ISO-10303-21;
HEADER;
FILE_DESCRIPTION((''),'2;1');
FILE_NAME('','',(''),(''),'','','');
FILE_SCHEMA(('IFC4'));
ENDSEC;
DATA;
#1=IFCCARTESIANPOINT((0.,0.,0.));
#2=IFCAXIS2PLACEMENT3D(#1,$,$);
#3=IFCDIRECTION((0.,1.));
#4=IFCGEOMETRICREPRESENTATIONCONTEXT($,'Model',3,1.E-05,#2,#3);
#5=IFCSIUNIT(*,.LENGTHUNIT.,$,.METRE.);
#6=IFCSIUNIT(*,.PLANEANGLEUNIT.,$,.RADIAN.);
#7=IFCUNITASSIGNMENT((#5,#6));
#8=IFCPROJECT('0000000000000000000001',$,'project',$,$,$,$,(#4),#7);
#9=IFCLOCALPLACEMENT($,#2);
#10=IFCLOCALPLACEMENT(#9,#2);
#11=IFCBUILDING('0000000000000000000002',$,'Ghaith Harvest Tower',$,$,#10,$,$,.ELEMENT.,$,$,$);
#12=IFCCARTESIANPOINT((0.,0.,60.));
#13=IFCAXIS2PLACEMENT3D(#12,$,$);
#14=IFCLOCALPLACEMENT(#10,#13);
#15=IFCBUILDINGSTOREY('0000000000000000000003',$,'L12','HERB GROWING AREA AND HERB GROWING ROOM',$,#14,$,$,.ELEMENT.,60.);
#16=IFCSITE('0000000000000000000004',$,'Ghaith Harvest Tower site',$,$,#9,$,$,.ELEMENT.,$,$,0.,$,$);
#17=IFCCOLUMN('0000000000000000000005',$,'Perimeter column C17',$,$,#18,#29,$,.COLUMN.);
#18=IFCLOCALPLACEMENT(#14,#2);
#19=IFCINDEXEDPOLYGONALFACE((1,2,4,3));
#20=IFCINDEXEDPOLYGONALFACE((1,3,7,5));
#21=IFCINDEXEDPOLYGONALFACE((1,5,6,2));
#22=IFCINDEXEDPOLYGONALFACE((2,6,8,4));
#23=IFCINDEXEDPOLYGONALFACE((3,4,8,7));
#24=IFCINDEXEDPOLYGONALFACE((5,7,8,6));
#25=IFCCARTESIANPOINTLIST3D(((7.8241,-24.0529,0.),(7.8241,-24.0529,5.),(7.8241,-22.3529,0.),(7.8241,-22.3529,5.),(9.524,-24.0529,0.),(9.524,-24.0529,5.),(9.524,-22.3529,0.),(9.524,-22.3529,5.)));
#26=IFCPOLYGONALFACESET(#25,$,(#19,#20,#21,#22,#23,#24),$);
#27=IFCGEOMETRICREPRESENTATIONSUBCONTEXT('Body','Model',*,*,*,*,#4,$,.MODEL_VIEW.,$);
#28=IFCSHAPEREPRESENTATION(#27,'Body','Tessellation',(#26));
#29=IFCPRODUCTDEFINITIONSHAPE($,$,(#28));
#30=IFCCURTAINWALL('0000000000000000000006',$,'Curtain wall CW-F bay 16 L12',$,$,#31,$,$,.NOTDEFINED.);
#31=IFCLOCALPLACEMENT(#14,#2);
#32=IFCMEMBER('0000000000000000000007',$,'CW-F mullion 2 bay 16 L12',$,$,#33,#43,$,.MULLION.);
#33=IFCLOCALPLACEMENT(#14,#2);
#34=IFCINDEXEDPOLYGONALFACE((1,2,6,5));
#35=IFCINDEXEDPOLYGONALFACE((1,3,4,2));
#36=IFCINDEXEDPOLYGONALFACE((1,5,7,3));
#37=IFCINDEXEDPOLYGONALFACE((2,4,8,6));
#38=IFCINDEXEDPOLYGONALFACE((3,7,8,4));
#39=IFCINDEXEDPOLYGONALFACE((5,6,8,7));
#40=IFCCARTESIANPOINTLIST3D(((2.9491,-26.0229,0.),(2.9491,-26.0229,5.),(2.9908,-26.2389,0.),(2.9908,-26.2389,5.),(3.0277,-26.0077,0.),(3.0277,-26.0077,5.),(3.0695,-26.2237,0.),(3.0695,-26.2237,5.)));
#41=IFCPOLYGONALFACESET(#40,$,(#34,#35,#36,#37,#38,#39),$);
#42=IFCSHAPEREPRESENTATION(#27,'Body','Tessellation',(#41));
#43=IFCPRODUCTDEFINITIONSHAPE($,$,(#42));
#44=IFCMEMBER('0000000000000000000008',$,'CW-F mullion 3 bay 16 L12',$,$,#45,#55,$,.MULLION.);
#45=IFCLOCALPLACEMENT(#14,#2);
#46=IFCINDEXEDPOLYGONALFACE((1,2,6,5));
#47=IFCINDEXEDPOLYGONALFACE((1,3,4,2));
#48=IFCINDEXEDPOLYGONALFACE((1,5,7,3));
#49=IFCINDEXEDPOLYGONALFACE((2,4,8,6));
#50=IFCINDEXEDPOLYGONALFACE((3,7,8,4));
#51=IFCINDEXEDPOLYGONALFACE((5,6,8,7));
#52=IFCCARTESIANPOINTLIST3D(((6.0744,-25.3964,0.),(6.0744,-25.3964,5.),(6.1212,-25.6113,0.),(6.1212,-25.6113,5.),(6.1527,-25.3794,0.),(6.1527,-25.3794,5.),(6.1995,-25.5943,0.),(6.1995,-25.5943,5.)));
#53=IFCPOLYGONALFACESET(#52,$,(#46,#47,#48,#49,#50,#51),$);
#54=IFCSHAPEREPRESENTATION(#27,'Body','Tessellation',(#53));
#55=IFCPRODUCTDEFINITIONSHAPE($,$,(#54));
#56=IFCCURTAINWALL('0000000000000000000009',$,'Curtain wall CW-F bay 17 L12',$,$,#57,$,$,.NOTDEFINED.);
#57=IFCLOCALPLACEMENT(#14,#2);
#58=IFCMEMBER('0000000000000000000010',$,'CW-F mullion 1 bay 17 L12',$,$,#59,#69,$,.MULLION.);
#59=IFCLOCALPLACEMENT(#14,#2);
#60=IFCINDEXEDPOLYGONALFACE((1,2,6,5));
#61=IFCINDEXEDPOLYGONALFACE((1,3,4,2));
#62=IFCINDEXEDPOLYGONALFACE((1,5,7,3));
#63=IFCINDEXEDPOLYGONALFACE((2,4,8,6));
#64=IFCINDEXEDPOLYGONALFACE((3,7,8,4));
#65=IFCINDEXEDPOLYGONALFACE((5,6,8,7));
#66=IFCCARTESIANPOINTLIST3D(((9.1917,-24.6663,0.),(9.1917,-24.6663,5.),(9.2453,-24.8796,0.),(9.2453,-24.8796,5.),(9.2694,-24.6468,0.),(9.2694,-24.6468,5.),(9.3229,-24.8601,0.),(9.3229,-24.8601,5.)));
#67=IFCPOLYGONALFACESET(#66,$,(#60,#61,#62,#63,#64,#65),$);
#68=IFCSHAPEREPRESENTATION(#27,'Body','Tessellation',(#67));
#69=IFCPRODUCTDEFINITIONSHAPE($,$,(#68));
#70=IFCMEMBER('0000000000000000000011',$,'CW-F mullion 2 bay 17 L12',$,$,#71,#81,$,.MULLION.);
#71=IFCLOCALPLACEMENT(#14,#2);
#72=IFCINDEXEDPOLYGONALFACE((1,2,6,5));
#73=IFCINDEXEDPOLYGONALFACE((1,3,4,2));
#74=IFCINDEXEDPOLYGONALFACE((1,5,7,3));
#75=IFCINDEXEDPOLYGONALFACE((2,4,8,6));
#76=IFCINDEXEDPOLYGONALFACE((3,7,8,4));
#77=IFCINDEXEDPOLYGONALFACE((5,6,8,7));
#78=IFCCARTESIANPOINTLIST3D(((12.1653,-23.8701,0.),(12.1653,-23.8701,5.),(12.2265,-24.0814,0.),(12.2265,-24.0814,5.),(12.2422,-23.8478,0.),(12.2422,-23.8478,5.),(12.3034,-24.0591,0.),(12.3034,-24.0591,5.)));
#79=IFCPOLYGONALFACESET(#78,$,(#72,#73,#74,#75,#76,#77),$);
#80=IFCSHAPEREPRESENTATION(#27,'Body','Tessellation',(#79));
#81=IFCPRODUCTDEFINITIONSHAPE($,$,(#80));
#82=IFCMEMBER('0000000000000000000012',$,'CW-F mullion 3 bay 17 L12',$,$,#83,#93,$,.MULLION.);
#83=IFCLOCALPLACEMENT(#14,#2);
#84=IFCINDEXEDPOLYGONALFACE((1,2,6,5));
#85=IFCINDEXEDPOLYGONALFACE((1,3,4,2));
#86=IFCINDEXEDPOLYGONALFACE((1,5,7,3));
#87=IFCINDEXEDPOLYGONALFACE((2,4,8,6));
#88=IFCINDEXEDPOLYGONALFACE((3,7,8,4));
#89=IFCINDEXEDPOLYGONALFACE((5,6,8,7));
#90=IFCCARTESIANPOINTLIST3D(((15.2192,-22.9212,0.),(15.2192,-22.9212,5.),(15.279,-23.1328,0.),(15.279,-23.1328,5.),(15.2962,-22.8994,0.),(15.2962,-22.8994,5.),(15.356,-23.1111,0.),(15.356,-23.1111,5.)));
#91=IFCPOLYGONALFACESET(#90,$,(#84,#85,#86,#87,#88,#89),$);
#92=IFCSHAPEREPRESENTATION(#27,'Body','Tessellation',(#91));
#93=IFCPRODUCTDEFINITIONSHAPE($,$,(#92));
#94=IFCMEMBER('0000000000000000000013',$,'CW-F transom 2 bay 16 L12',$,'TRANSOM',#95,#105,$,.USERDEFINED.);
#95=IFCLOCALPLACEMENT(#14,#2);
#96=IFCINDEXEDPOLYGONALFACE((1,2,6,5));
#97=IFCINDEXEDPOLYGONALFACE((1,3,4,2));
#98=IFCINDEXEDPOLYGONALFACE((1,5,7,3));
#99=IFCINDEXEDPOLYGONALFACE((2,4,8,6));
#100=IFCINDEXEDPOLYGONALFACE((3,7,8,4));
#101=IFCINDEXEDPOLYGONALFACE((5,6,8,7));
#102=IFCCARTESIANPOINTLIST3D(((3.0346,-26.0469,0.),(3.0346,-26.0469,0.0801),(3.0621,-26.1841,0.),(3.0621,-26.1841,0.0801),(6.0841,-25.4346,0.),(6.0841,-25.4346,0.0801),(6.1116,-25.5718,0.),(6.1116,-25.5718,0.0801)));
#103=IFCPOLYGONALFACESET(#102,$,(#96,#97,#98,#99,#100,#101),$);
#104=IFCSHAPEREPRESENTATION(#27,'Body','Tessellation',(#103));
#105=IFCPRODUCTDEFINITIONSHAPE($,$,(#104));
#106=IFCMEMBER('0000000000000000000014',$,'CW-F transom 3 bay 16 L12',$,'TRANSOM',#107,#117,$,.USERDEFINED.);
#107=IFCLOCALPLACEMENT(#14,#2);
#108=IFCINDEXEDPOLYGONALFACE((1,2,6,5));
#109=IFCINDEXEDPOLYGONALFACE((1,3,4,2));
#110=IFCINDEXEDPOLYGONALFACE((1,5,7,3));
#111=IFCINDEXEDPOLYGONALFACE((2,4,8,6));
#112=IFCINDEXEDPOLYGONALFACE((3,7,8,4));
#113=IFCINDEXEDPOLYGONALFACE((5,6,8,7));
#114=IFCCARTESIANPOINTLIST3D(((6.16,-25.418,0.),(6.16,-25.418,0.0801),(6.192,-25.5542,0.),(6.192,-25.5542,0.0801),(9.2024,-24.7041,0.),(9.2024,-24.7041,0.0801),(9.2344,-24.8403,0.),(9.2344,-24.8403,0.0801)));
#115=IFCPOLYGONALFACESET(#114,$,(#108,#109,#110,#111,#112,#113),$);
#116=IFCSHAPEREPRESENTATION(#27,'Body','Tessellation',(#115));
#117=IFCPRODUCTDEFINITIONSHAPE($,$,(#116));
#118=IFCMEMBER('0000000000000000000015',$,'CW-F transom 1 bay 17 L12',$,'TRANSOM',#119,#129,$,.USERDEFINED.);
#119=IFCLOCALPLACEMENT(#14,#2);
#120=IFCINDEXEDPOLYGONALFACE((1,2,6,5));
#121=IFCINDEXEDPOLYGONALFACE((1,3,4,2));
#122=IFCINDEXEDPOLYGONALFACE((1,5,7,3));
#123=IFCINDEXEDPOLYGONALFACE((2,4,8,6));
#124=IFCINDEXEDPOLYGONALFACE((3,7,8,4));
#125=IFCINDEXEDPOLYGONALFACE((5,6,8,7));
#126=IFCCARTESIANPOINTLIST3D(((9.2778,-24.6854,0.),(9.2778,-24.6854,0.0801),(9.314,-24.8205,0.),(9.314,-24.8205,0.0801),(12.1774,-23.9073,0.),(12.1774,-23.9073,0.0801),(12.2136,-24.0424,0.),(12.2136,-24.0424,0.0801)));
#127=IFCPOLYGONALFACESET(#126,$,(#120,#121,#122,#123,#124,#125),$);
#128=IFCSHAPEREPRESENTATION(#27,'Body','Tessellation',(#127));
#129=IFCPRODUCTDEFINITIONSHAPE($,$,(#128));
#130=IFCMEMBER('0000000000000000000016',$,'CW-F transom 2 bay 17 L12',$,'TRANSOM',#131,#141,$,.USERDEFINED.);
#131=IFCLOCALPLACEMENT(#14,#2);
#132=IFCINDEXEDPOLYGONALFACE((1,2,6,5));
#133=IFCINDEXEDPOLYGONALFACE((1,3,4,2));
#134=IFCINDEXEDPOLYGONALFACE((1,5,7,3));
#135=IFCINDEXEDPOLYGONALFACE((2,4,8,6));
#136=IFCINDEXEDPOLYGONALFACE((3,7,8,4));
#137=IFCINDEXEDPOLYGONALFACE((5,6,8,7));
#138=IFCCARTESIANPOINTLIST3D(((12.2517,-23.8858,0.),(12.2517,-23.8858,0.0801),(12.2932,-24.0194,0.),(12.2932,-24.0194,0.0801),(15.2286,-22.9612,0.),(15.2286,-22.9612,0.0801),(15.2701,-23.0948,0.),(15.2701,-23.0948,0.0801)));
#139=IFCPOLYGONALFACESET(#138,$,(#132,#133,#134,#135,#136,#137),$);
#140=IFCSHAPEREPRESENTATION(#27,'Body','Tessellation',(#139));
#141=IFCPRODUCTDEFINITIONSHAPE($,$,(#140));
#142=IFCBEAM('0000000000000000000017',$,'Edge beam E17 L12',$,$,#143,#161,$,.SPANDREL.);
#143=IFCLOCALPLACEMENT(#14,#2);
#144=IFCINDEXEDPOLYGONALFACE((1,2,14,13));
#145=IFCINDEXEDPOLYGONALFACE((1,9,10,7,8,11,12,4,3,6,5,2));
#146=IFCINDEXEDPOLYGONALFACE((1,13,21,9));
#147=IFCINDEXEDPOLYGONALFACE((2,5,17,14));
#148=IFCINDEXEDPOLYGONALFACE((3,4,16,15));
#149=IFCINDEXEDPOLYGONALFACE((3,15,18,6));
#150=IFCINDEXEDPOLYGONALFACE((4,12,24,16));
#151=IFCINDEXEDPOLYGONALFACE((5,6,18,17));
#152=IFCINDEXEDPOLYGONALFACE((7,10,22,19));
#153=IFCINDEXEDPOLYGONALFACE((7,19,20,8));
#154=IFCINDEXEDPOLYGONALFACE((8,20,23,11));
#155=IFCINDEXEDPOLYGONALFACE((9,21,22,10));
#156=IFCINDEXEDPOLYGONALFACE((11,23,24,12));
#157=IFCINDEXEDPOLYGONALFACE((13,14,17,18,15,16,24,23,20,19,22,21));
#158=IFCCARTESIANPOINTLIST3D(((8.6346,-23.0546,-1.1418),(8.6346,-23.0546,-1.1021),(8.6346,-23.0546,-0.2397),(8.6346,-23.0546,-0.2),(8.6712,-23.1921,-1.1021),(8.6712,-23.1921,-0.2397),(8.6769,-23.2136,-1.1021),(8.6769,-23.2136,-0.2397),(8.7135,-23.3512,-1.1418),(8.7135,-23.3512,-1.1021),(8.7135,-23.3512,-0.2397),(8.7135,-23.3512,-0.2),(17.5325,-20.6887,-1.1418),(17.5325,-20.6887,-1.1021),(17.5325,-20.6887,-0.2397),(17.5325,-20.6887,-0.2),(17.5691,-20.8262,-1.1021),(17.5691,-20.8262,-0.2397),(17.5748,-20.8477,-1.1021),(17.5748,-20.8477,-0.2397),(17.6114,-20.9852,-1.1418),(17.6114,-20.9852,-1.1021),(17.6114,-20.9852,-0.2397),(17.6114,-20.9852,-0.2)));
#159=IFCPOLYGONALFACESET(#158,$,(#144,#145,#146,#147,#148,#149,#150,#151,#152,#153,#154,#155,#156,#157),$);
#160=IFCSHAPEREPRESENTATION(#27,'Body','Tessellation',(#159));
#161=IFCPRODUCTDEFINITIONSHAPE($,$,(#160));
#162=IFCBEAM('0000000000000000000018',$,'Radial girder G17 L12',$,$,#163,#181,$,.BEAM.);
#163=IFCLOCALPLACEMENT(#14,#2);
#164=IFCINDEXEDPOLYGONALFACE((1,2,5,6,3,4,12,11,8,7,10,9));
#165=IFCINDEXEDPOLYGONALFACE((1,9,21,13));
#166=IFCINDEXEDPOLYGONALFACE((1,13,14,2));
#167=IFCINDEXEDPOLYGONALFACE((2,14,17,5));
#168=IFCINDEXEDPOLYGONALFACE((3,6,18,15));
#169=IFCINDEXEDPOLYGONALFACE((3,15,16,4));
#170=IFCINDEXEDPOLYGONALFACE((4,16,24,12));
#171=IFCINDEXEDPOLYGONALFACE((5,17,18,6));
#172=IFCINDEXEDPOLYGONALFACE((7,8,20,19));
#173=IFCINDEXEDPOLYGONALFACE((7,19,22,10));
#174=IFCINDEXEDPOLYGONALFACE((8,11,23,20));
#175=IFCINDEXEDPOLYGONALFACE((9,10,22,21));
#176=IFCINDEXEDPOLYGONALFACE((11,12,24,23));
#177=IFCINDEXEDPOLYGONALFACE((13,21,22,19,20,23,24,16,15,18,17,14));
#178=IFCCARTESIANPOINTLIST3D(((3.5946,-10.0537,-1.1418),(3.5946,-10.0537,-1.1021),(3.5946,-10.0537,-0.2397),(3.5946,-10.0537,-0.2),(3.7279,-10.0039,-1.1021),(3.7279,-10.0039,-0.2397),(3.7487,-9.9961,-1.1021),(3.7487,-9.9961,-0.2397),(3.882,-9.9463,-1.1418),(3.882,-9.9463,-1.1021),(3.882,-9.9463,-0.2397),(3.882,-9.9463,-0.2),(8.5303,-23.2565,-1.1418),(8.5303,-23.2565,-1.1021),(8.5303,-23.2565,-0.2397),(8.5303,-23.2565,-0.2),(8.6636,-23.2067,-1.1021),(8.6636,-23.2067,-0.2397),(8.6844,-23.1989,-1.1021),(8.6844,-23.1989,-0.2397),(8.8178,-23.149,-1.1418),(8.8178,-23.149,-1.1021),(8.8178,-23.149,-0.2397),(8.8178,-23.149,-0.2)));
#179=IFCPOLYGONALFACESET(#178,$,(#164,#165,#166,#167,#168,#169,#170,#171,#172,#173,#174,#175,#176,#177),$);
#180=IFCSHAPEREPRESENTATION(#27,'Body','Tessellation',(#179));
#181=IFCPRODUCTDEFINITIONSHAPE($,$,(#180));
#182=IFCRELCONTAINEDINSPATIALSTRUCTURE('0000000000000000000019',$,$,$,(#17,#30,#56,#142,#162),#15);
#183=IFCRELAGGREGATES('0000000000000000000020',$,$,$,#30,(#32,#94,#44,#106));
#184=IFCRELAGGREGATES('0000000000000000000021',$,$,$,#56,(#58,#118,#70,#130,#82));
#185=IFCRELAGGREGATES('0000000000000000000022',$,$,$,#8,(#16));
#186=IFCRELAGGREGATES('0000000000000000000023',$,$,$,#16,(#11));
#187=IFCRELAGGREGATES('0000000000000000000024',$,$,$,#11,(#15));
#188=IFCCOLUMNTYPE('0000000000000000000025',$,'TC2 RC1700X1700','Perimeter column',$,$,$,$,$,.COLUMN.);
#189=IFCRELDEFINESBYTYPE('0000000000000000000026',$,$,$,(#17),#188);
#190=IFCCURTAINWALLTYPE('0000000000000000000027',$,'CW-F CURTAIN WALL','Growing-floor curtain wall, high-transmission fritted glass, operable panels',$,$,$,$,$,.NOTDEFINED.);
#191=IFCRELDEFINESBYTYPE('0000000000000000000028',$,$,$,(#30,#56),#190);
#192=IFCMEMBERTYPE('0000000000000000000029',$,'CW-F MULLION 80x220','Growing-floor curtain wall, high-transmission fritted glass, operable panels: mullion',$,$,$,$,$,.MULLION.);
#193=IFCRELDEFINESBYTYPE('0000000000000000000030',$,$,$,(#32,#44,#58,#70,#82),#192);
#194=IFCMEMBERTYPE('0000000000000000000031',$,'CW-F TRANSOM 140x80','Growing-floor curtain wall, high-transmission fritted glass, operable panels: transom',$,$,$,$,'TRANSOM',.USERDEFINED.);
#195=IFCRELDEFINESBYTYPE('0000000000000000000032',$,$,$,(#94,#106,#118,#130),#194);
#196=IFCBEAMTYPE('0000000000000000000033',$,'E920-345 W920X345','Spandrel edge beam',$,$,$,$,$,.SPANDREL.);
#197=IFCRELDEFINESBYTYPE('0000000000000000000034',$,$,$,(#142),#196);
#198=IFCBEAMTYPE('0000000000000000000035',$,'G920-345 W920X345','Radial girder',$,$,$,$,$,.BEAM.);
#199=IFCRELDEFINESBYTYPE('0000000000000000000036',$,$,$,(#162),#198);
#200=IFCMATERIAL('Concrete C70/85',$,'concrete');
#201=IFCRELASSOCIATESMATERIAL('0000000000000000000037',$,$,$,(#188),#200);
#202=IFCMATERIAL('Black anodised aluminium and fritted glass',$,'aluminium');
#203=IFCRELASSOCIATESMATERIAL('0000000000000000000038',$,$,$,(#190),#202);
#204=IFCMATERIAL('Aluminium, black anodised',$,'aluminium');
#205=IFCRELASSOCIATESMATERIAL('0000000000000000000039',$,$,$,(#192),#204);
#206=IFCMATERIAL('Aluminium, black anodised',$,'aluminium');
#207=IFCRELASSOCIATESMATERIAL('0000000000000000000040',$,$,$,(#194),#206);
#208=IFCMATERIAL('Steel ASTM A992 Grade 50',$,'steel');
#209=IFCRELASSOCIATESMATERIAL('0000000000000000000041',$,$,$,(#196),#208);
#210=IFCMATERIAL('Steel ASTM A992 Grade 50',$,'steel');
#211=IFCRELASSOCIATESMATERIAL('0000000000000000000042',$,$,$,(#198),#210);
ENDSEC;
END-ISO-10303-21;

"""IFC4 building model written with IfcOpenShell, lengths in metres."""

from ifc_helpers import new_model, si_unit, direction, frame, origin, origin_2d, place, context, subcontext, project, spatial, rectangle, i_section, extrude, material, material_profile, profile_set, type_object, element, aggregate, save


model = new_model("IFC4")

# Units and contexts
model_context = context("Model", 3, precision=1e-05, world=origin(), true_north=direction((0.0, 1.0)))
body_context = subcontext(model_context, "Body", "Model", "MODEL_VIEW")
ifc_project = project(units=[si_unit("LENGTHUNIT", "METRE"), si_unit("PLANEANGLEUNIT", "RADIAN")], contexts=[model_context])

# Site, building, storey
site_placement = place(None, origin())
site = spatial("IfcSite", under=ifc_project, at=site_placement, Name="Ghaith Harvest Tower site", CompositionType="ELEMENT", RefElevation=0.0)
building_placement = place(site_placement, origin())
building = spatial("IfcBuilding", under=site, at=building_placement, Name="Ghaith Harvest Tower", CompositionType="ELEMENT")
storey_placement = place(building_placement, frame((0.0, 0.0, 60.0)))
storey = spatial("IfcBuildingStorey", under=building, at=storey_placement, Name="L12", Description="HERB GROWING AREA AND HERB GROWING ROOM", CompositionType="ELEMENT", Elevation=60.0)

# Column
ifc_material_1 = material(Name="Concrete C70/85", Category="concrete")
ifc_material_profile_1 = material_profile(ifc_material_1, rectangle(XDim=1.7, YDim=1.7, at=origin_2d()), Name="RC1700X1700")
ifc_profile_set_1 = profile_set([ifc_material_profile_1], Name="Concrete C70/85")
column_type = type_object("IfcColumnType", Name="TC2 RC1700X1700", Description="Perimeter column", PredefinedType="COLUMN", material=ifc_profile_set_1)
column_placement = place(storey_placement, frame((8.6741, -23.2029, 0.0), z_axis=(0.0, 0.0, 1.0), x_axis=(1.0, 0.0, 0.0)))
element("IfcColumn", 1, at=column_placement, inside=storey, type_object=column_type, Name="Perimeter column C17", PredefinedType="COLUMN", context=body_context, shape_type="SweptSolid", body=[
    extrude(rectangle(XDim=1.7, YDim=1.7, at=origin_2d()), origin(), (0.0, 0.0, 1.0), 5.0),
])

# Curtain walls, members
ifc_material_2 = material(Name="Black anodised aluminium and fritted glass", Category="aluminium")
curtain_wall_type = type_object("IfcCurtainWallType", Name="CW-F CURTAIN WALL", Description="Growing-floor curtain wall, high-transmission fritted glass, operable panels", PredefinedType="NOTDEFINED", material=ifc_material_2)
curtain_wall_1_placement = place(storey_placement, origin())
curtain_wall_1 = element("IfcCurtainWall", 2, at=curtain_wall_1_placement, inside=storey, type_object=curtain_wall_type, Name="Curtain wall CW-F bay 16 L12", PredefinedType="NOTDEFINED")
ifc_material_3 = material(Name="Aluminium, black anodised", Category="aluminium")
ifc_material_profile_2 = material_profile(ifc_material_3, rectangle(XDim=0.0801, YDim=0.22, at=origin_2d()), Name="CW-F MULLION 80x220")
ifc_profile_set_2 = profile_set([ifc_material_profile_2], Name="Aluminium, black anodised")
member_type_1 = type_object("IfcMemberType", Name="CW-F MULLION 80x220", Description="Growing-floor curtain wall, high-transmission fritted glass, operable panels: mullion", PredefinedType="MULLION", material=ifc_profile_set_2)
member_1_placement = place(storey_placement, frame((3.0093, -26.1233, 0.0), z_axis=(0.0, 0.0, 1.0), x_axis=(0.981818, 0.189822, 0.0)))
member_1 = element("IfcMember", 3, at=member_1_placement, type_object=member_type_1, Name="CW-F mullion 2 bay 16 L12", PredefinedType="MULLION", context=body_context, shape_type="SweptSolid", body=[
    extrude(rectangle(XDim=0.0801, YDim=0.22, at=origin_2d()), origin(), (0.0, 0.0, 1.0), 5.0),
])
member_2_placement = place(storey_placement, frame((6.137, -25.4954, 0.0), z_axis=(0.0, 0.0, 1.0), x_axis=(0.977118, 0.212698, 0.0)))
member_2 = element("IfcMember", 4, at=member_2_placement, type_object=member_type_1, Name="CW-F mullion 3 bay 16 L12", PredefinedType="MULLION", context=body_context, shape_type="SweptSolid", body=[
    extrude(rectangle(XDim=0.0801, YDim=0.22, at=origin_2d()), origin(), (0.0, 0.0, 1.0), 5.0),
])
curtain_wall_2_placement = place(storey_placement, origin())
curtain_wall_2 = element("IfcCurtainWall", 5, at=curtain_wall_2_placement, inside=storey, type_object=curtain_wall_type, Name="Curtain wall CW-F bay 17 L12", PredefinedType="NOTDEFINED")
member_3_placement = place(storey_placement, frame((9.2573, -24.7632, 0.0), z_axis=(0.0, 0.0, 1.0), x_axis=(0.969903, 0.24349, 0.0)))
member_3 = element("IfcMember", 6, at=member_3_placement, type_object=member_type_1, Name="CW-F mullion 1 bay 17 L12", PredefinedType="MULLION", context=body_context, shape_type="SweptSolid", body=[
    extrude(rectangle(XDim=0.0801, YDim=0.22, at=origin_2d()), origin(), (0.0, 0.0, 1.0), 5.0),
])
member_4_placement = place(storey_placement, frame((12.2344, -23.9646, 0.0), z_axis=(0.0, 0.0, 1.0), x_axis=(0.960502, 0.278272, 0.0)))
member_4 = element("IfcMember", 7, at=member_4_placement, type_object=member_type_1, Name="CW-F mullion 2 bay 17 L12", PredefinedType="MULLION", context=body_context, shape_type="SweptSolid", body=[
    extrude(rectangle(XDim=0.0801, YDim=0.22, at=origin_2d()), origin(), (0.0, 0.0, 1.0), 5.0),
])
member_5_placement = place(storey_placement, frame((15.2876, -23.0161, 0.0), z_axis=(0.0, 0.0, 1.0), x_axis=(0.962313, 0.271944, 0.0)))
member_5 = element("IfcMember", 8, at=member_5_placement, type_object=member_type_1, Name="CW-F mullion 3 bay 17 L12", PredefinedType="MULLION", context=body_context, shape_type="SweptSolid", body=[
    extrude(rectangle(XDim=0.0801, YDim=0.22, at=origin_2d()), origin(), (0.0, 0.0, 1.0), 5.0),
])

# Members
ifc_material_4 = material(Name="Aluminium, black anodised", Category="aluminium")
ifc_material_profile_3 = material_profile(ifc_material_4, rectangle(XDim=0.1399, YDim=0.0801, at=origin_2d()), Name="CW-F TRANSOM 140x80")
ifc_profile_set_3 = profile_set([ifc_material_profile_3], Name="Aluminium, black anodised")
member_type_2 = type_object("IfcMemberType", Name="CW-F TRANSOM 140x80", Description="Growing-floor curtain wall, high-transmission fritted glass, operable panels: transom", ElementType="TRANSOM", PredefinedType="USERDEFINED", material=ifc_profile_set_3)
member_6_placement = place(storey_placement, frame((3.0483, -26.1155, 0.04), z_axis=(0.980432, 0.196856, 0.0), x_axis=(-0.196856, 0.980432, 0.0)))
member_6 = element("IfcMember", 9, at=member_6_placement, type_object=member_type_2, Name="CW-F transom 2 bay 16 L12", ObjectType="TRANSOM", PredefinedType="USERDEFINED", context=body_context, shape_type="SweptSolid", body=[
    extrude(rectangle(XDim=0.1399, YDim=0.0801, at=origin_2d()), origin(), (0.0, 0.0, 1.0), 3.1104),
])
member_7_placement = place(storey_placement, frame((6.176, -25.4861, 0.04), z_axis=(0.97356, 0.22843, 0.0), x_axis=(-0.22843, 0.97356, 0.0)))
member_7 = element("IfcMember", 10, at=member_7_placement, type_object=member_type_2, Name="CW-F transom 3 bay 16 L12", ObjectType="TRANSOM", PredefinedType="USERDEFINED", context=body_context, shape_type="SweptSolid", body=[
    extrude(rectangle(XDim=0.1399, YDim=0.0801, at=origin_2d()), origin(), (0.0, 0.0, 1.0), 3.125),
])
member_8_placement = place(storey_placement, frame((9.2959, -24.7529, 0.04), z_axis=(0.965833, 0.259166, 0.0), x_axis=(-0.259166, 0.965833, 0.0)))
member_8 = element("IfcMember", 11, at=member_8_placement, type_object=member_type_2, Name="CW-F transom 1 bay 17 L12", ObjectType="TRANSOM", PredefinedType="USERDEFINED", context=body_context, shape_type="SweptSolid", body=[
    extrude(rectangle(XDim=0.1399, YDim=0.0801, at=origin_2d()), origin(), (0.0, 0.0, 1.0), 3.0022),
])
member_9_placement = place(storey_placement, frame((12.2725, -23.9526, 0.04), z_axis=(0.954998, 0.296611, 0.0), x_axis=(-0.296611, 0.954998, 0.0)))
member_9 = element("IfcMember", 12, at=member_9_placement, type_object=member_type_2, Name="CW-F transom 2 bay 17 L12", ObjectType="TRANSOM", PredefinedType="USERDEFINED", context=body_context, shape_type="SweptSolid", body=[
    extrude(rectangle(XDim=0.1399, YDim=0.0801, at=origin_2d()), origin(), (0.0, 0.0, 1.0), 3.1172),
])

# Beams
ifc_material_5 = material(Name="Steel ASTM A992 Grade 50", Category="steel")
ifc_material_profile_4 = material_profile(ifc_material_5, i_section(OverallWidth=0.3069, OverallDepth=0.9419, WebThickness=0.0222, FlangeThickness=0.0398, at=origin_2d()), Name="W920X345")
ifc_profile_set_4 = profile_set([ifc_material_profile_4], Name="Steel ASTM A992 Grade 50")
beam_type_1 = type_object("IfcBeamType", Name="E920-345 W920X345", Description="Spandrel edge beam", PredefinedType="SPANDREL", material=ifc_profile_set_4)
beam_1_placement = place(storey_placement, frame((8.6741, -23.2029, -0.6709), z_axis=(0.966419, 0.256971, 0.0), x_axis=(-0.256971, 0.966419, 0.0)))
element("IfcBeam", 13, at=beam_1_placement, inside=storey, type_object=beam_type_1, Name="Edge beam E17 L12", PredefinedType="SPANDREL", context=body_context, shape_type="SweptSolid", body=[
    extrude(i_section(OverallWidth=0.3069, OverallDepth=0.9419, WebThickness=0.0222, FlangeThickness=0.0398, at=origin_2d()), origin(), (0.0, 0.0, 1.0), 9.207),
])
ifc_material_6 = material(Name="Steel ASTM A992 Grade 50", Category="steel")
ifc_material_profile_5 = material_profile(ifc_material_6, i_section(OverallWidth=0.3069, OverallDepth=0.9419, WebThickness=0.0222, FlangeThickness=0.0398, at=origin_2d()), Name="W920X345")
ifc_profile_set_5 = profile_set([ifc_material_profile_5], Name="Steel ASTM A992 Grade 50")
beam_type_2 = type_object("IfcBeamType", Name="G920-345 W920X345", Description="Radial girder", PredefinedType="BEAM", material=ifc_profile_set_5)
beam_2_placement = place(storey_placement, frame((3.7383, -10.0, -0.6709), z_axis=(0.350172, -0.936685, 0.0), x_axis=(0.936685, 0.350172, 0.0)))
element("IfcBeam", 14, at=beam_2_placement, inside=storey, type_object=beam_type_2, Name="Radial girder G17 L12", PredefinedType="BEAM", context=body_context, shape_type="SweptSolid", body=[
    extrude(i_section(OverallWidth=0.3069, OverallDepth=0.9419, WebThickness=0.0222, FlangeThickness=0.0398, at=origin_2d()), origin(), (0.0, 0.0, 1.0), 14.0952),
])

aggregate(curtain_wall_1, [member_1, member_6, member_2, member_7])
aggregate(curtain_wall_2, [member_3, member_8, member_4, member_9, member_5])

save(model, "model.ifc")
